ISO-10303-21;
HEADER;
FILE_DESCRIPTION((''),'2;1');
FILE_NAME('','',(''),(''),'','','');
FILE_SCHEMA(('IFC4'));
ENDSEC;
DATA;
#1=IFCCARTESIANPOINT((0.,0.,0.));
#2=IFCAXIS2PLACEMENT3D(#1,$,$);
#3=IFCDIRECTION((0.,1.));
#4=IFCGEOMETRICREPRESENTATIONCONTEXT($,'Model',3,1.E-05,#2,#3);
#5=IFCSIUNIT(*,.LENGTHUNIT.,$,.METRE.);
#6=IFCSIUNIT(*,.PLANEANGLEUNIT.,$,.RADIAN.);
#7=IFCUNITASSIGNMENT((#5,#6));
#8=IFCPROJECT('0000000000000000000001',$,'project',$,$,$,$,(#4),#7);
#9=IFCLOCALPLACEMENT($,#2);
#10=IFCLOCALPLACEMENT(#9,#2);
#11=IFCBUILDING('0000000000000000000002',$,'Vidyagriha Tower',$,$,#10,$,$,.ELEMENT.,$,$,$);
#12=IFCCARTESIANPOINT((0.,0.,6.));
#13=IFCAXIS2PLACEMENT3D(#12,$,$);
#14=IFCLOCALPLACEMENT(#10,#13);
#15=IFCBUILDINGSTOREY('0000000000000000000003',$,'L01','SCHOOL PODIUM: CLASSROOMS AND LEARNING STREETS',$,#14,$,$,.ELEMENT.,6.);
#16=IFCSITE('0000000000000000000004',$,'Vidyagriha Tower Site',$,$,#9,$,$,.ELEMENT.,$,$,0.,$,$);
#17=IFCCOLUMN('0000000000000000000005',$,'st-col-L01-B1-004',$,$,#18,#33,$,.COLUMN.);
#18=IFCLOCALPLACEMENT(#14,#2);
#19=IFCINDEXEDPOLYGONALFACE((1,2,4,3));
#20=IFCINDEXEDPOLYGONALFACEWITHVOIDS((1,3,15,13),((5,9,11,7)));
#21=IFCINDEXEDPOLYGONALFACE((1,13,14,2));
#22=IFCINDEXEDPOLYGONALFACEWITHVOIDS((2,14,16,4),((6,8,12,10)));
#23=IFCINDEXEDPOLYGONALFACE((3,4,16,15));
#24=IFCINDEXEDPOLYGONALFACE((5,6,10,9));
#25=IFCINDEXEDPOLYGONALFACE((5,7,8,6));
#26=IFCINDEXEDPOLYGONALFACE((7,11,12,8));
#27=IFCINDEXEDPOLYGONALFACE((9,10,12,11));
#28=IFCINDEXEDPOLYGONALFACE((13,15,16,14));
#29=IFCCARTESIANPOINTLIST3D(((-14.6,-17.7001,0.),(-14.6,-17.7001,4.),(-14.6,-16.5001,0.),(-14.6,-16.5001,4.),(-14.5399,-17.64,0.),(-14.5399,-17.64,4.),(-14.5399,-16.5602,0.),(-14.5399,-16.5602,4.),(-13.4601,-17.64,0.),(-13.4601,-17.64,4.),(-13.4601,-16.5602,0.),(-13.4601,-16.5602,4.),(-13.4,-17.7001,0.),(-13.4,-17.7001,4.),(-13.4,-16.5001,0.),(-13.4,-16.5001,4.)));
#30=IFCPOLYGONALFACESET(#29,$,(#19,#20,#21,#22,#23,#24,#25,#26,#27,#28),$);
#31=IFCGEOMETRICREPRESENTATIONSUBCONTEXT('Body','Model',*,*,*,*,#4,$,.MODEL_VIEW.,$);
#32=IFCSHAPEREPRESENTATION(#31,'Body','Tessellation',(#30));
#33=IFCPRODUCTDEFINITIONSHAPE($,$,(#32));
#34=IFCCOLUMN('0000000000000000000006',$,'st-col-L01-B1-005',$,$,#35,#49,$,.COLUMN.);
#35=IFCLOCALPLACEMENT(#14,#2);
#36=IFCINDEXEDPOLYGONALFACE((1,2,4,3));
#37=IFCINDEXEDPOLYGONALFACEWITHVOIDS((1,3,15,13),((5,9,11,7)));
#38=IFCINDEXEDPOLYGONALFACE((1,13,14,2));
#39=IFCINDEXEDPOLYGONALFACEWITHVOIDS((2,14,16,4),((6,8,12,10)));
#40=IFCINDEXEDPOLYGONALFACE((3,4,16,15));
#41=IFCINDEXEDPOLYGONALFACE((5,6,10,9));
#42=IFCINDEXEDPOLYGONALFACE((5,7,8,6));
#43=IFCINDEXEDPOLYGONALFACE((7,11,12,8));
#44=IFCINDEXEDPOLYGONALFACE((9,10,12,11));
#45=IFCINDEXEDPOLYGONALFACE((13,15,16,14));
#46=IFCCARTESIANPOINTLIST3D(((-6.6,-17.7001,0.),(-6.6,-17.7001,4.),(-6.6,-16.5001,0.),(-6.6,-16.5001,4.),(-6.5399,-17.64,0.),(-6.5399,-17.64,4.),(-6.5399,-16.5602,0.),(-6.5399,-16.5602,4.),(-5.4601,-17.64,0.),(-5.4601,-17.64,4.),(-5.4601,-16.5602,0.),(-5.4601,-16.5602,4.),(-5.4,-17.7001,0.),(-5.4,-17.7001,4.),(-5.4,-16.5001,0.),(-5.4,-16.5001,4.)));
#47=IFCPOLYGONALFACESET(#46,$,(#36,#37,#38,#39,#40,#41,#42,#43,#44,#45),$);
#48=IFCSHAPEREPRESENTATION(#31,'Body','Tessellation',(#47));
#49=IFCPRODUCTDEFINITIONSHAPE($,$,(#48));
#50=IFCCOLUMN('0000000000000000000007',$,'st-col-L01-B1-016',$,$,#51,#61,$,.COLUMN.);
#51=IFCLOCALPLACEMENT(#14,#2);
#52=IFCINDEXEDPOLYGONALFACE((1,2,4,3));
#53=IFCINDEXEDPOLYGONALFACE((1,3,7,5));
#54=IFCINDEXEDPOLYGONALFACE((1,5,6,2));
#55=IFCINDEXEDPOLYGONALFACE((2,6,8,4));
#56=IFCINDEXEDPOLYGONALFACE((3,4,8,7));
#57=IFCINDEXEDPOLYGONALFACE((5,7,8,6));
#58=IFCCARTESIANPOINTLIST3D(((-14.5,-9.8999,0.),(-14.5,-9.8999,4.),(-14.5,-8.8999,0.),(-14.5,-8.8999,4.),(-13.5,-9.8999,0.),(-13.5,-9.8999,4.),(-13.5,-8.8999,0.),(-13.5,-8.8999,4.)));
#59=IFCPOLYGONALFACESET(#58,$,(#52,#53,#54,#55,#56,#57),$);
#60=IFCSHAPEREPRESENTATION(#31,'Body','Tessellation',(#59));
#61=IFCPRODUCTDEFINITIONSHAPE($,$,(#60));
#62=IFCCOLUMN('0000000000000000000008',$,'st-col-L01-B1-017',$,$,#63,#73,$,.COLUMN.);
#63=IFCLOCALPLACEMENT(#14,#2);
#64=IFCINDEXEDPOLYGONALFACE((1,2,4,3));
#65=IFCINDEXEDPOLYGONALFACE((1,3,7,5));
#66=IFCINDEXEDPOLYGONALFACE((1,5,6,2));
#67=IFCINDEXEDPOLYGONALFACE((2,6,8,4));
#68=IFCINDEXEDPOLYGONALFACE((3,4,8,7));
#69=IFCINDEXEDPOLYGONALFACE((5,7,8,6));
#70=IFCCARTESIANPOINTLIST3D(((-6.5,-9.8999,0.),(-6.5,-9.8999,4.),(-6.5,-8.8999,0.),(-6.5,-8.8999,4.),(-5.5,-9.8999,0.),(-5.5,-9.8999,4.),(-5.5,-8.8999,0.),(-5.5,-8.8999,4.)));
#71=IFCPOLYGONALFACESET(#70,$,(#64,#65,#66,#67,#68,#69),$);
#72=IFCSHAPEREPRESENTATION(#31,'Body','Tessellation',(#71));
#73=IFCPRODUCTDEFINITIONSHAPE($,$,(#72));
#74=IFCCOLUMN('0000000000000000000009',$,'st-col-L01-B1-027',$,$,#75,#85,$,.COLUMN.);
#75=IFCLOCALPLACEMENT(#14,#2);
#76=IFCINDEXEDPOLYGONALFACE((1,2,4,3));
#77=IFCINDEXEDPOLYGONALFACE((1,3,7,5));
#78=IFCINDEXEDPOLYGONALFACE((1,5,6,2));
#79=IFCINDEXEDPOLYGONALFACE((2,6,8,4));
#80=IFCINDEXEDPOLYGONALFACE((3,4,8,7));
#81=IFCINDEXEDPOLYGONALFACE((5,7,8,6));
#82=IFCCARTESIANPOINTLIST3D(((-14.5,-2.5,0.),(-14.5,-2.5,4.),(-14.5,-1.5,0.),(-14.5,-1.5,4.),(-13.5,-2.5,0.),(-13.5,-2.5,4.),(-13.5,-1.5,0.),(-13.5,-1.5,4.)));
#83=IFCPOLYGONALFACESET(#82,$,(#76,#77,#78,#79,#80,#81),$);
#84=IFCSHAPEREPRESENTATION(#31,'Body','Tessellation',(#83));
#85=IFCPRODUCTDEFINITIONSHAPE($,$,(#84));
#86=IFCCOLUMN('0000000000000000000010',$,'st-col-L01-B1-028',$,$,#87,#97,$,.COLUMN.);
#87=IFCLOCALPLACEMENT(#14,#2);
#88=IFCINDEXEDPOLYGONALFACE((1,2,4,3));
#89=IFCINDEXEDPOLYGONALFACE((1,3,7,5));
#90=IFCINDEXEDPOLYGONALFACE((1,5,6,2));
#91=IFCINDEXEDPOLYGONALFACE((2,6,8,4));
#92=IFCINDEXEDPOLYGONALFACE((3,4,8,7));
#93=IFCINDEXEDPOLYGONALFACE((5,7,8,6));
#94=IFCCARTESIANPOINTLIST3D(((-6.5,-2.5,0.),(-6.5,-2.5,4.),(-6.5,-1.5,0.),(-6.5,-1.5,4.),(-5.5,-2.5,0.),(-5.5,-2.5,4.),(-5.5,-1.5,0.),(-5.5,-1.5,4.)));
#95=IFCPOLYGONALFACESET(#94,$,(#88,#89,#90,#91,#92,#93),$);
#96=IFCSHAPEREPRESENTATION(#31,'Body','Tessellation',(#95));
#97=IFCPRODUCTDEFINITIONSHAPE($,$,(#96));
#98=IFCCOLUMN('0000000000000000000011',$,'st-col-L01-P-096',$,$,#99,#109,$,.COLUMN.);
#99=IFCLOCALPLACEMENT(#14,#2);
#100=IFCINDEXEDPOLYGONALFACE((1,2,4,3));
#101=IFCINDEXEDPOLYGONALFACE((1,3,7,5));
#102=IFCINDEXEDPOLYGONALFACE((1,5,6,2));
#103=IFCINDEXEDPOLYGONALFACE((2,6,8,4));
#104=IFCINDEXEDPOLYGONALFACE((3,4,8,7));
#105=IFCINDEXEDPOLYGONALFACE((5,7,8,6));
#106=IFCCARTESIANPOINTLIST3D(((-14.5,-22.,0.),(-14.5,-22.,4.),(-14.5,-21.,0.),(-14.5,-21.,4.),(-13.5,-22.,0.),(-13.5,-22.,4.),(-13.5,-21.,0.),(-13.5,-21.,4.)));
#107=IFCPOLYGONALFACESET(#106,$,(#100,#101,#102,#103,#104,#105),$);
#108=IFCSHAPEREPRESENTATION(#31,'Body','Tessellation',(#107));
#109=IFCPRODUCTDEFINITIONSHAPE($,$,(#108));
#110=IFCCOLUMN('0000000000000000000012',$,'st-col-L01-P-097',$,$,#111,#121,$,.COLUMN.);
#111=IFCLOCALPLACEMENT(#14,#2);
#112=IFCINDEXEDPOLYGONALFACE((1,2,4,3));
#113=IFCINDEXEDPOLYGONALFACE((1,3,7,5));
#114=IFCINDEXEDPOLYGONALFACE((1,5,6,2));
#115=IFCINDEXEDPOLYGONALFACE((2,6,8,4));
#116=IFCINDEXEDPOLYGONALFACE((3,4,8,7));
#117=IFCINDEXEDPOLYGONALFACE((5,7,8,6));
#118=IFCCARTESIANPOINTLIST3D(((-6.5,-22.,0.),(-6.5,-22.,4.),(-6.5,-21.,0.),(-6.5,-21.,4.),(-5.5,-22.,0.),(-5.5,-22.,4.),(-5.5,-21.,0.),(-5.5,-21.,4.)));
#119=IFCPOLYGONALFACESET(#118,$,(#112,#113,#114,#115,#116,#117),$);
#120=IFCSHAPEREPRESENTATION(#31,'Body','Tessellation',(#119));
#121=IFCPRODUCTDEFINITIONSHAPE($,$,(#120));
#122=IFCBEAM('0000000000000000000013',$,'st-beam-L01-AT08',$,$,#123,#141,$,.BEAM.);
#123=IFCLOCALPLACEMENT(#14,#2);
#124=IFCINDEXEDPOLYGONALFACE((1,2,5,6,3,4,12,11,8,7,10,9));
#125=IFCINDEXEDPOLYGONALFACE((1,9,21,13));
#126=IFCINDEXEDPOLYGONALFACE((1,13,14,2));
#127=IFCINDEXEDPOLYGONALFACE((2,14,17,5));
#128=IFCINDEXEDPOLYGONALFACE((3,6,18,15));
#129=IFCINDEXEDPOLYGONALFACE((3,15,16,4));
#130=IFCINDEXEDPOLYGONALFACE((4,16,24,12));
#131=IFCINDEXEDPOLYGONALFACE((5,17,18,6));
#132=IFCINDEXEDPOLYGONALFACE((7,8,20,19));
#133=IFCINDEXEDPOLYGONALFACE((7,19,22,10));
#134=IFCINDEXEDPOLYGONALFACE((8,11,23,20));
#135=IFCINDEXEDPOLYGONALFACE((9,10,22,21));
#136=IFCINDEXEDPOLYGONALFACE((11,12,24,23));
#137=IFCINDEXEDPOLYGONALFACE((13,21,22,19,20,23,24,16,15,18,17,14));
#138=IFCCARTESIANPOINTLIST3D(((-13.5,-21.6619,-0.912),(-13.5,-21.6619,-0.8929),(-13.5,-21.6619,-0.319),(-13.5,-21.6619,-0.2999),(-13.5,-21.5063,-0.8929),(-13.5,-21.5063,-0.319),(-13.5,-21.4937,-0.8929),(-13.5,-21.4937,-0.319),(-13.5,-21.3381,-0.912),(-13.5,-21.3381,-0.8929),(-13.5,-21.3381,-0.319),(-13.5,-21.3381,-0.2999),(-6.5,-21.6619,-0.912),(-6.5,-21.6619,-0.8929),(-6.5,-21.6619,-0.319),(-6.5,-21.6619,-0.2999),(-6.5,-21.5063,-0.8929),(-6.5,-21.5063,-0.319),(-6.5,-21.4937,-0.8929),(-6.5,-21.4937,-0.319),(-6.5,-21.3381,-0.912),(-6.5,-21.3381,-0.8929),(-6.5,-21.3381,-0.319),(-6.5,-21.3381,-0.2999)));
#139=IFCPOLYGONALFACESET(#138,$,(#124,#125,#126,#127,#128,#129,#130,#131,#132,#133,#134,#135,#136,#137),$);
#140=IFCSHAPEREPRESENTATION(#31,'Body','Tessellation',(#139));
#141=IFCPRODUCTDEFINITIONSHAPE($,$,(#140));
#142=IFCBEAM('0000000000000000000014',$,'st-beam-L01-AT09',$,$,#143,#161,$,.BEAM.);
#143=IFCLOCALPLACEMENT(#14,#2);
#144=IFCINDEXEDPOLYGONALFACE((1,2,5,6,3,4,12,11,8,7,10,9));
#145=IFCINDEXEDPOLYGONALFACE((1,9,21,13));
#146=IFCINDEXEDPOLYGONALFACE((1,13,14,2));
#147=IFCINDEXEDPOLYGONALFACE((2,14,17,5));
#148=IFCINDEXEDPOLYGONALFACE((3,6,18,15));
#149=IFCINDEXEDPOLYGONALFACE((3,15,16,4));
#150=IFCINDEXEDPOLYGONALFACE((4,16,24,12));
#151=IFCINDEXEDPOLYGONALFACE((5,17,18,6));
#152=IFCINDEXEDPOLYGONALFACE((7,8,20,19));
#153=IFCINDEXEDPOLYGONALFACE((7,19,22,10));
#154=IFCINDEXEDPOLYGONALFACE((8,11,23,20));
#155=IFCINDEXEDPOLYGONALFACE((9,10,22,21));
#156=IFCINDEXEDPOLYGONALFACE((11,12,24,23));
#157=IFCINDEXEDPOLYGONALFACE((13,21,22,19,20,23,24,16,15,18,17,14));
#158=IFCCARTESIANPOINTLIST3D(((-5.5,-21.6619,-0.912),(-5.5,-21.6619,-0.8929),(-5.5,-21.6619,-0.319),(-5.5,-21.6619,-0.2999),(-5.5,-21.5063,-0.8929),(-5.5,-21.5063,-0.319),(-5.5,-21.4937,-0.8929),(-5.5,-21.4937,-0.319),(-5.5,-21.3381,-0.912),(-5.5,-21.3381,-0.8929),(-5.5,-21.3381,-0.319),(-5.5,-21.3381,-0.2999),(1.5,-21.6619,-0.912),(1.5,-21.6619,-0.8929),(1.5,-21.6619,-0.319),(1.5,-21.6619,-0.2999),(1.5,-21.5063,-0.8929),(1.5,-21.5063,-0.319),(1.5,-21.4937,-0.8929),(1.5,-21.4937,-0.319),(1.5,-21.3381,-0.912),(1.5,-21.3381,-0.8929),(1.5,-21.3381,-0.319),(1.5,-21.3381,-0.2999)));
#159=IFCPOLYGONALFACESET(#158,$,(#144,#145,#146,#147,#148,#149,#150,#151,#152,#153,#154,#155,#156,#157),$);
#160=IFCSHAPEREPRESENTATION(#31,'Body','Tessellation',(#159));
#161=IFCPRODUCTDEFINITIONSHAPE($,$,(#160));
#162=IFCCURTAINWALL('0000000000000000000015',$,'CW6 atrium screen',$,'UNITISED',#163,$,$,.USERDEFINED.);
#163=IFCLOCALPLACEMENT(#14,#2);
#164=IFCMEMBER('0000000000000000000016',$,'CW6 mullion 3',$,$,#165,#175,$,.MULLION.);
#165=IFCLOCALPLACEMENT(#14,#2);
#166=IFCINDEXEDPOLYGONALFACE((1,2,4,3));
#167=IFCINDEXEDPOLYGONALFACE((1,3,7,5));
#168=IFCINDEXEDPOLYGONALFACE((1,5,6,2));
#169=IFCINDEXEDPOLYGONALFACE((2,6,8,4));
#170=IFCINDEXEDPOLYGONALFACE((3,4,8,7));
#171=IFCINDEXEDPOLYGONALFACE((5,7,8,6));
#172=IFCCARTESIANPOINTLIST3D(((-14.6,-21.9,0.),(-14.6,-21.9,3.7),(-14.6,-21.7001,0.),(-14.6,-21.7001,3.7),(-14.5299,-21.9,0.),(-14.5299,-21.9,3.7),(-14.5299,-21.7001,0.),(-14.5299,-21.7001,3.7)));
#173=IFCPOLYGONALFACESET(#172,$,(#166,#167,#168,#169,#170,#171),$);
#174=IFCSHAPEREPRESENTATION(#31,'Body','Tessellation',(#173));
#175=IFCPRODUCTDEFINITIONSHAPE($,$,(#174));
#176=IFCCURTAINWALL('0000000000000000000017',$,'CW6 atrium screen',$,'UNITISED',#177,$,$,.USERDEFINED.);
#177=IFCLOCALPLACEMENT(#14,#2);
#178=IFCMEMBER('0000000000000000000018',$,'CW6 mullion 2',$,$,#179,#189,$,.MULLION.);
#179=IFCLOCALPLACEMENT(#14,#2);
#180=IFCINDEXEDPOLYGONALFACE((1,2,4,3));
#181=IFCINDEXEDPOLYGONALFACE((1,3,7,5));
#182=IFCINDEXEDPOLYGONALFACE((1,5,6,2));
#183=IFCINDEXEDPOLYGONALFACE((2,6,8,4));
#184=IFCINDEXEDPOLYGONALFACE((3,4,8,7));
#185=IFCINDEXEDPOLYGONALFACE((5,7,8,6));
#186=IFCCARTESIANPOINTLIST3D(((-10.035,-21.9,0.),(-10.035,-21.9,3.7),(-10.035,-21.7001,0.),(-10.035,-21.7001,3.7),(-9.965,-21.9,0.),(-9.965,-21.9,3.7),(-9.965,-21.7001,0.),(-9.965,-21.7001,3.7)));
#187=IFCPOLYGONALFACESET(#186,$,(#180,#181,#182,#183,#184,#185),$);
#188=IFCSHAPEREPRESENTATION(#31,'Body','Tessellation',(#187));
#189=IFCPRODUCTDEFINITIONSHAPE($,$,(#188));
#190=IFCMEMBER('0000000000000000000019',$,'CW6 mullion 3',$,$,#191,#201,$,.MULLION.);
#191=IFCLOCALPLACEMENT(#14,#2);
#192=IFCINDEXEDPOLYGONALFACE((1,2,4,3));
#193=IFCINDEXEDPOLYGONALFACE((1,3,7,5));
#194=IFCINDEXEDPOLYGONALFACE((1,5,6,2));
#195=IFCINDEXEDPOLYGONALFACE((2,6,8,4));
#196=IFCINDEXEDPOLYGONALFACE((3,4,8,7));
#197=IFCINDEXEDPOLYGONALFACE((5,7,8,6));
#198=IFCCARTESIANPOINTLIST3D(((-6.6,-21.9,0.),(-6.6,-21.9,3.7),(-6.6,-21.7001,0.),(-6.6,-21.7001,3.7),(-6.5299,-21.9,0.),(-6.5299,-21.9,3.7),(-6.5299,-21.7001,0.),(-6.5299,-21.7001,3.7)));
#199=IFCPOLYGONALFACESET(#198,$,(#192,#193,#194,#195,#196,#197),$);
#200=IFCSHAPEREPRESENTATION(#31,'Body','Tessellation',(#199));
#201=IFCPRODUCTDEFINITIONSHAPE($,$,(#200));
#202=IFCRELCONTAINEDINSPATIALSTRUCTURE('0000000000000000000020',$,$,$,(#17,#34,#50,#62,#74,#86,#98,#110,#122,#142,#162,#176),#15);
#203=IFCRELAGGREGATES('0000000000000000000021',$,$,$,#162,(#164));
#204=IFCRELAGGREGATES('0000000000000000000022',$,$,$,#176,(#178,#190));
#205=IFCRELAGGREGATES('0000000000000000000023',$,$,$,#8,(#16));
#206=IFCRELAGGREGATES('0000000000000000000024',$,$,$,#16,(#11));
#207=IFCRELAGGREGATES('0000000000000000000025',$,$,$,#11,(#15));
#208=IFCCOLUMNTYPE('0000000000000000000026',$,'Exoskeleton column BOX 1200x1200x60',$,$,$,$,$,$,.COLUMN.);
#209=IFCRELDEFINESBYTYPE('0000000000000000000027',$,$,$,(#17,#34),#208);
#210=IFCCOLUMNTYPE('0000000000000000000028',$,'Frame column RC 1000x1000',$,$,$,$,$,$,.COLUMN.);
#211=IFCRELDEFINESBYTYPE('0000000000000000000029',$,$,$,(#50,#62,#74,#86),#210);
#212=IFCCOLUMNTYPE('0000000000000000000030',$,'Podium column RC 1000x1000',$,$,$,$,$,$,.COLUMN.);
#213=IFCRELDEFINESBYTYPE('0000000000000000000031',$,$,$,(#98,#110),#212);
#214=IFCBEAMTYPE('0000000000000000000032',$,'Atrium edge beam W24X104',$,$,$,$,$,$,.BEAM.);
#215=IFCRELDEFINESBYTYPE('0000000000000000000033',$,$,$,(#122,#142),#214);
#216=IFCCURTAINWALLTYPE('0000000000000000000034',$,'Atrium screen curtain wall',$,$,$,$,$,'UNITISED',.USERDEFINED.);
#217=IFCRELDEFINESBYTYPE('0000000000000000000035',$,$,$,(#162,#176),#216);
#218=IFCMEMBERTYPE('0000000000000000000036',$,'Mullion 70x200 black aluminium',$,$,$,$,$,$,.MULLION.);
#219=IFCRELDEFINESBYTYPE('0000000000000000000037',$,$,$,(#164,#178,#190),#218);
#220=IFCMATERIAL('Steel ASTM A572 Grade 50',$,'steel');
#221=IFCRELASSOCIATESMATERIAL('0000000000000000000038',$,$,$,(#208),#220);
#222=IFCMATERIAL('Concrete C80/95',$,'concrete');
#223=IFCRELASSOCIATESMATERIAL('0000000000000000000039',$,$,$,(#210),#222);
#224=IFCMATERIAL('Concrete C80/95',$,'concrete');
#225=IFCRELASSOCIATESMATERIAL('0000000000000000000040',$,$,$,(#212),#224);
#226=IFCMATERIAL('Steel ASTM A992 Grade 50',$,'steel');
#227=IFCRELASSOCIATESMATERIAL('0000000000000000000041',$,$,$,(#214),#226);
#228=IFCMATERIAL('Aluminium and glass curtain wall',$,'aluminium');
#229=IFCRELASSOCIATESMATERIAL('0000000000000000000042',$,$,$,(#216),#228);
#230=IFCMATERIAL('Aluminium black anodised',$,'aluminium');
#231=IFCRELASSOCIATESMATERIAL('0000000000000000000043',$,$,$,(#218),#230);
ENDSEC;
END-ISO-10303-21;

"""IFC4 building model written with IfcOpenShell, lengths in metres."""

from ifc_helpers import new_model, si_unit, direction, frame, origin, origin_2d, place, context, subcontext, project, spatial, rectangle, hollow_rectangle, i_section, extrude, material, material_profile, profile_set, type_object, element, aggregate, save


model = new_model("IFC4")

# Units and contexts
model_context = context("Model", 3, precision=1e-05, world=origin(), true_north=direction((0.0, 1.0)))
body_context = subcontext(model_context, "Body", "Model", "MODEL_VIEW")
ifc_project = project(units=[si_unit("LENGTHUNIT", "METRE"), si_unit("PLANEANGLEUNIT", "RADIAN")], contexts=[model_context])

# Site, building, storey
site_placement = place(None, origin())
site = spatial("IfcSite", under=ifc_project, at=site_placement, Name="Vidyagriha Tower Site", CompositionType="ELEMENT", RefElevation=0.0)
building_placement = place(site_placement, origin())
building = spatial("IfcBuilding", under=site, at=building_placement, Name="Vidyagriha Tower", CompositionType="ELEMENT")
storey_placement = place(building_placement, frame((0.0, 0.0, 6.0)))
storey = spatial("IfcBuildingStorey", under=building, at=storey_placement, Name="L01", Description="SCHOOL PODIUM: CLASSROOMS AND LEARNING STREETS", CompositionType="ELEMENT", Elevation=6.0)

# Columns
ifc_material_1 = material(Name="Steel ASTM A572 Grade 50", Category="steel")
ifc_material_profile_1 = material_profile(ifc_material_1, hollow_rectangle(XDim=1.2, YDim=1.2, WallThickness=0.0601, at=origin_2d()), Name="BOX 1200x1200x60")
ifc_profile_set_1 = profile_set([ifc_material_profile_1], Name="Steel ASTM A572 Grade 50")
column_type_1 = type_object("IfcColumnType", Name="Exoskeleton column BOX 1200x1200x60", PredefinedType="COLUMN", material=ifc_profile_set_1)
for number, where, name in (
    (1, (-14.0, -17.1001, 0.0), "st-col-L01-B1-004"),
    (2, (-6.0, -17.1001, 0.0), "st-col-L01-B1-005"),
):
    element("IfcColumn", number, at=place(storey_placement, frame(where)), inside=storey, type_object=column_type_1, Name=name, PredefinedType="COLUMN", context=body_context, shape_type="SweptSolid", body=[
        extrude(hollow_rectangle(XDim=1.2, YDim=1.2, WallThickness=0.0601, at=origin_2d()), origin(), (0.0, 0.0, 1.0), 4.0),
    ])
ifc_material_2 = material(Name="Concrete C80/95", Category="concrete")
ifc_material_profile_2 = material_profile(ifc_material_2, rectangle(XDim=1.0, YDim=1.0, at=origin_2d()), Name="RC 1000x1000")
ifc_profile_set_2 = profile_set([ifc_material_profile_2], Name="Concrete C80/95")
column_type_2 = type_object("IfcColumnType", Name="Frame column RC 1000x1000", PredefinedType="COLUMN", material=ifc_profile_set_2)
for number, where, name in (
    (3, (-14.0, -9.3999, 0.0), "st-col-L01-B1-016"),
    (4, (-6.0, -9.3999, 0.0), "st-col-L01-B1-017"),
    (5, (-14.0, -2.0, 0.0), "st-col-L01-B1-027"),
    (6, (-6.0, -2.0, 0.0), "st-col-L01-B1-028"),
):
    element("IfcColumn", number, at=place(storey_placement, frame(where)), inside=storey, type_object=column_type_2, Name=name, PredefinedType="COLUMN", context=body_context, shape_type="SweptSolid", body=[
        extrude(rectangle(XDim=1.0, YDim=1.0, at=origin_2d()), origin(), (0.0, 0.0, 1.0), 4.0),
    ])
ifc_material_3 = material(Name="Concrete C80/95", Category="concrete")
ifc_material_profile_3 = material_profile(ifc_material_3, rectangle(XDim=1.0, YDim=1.0, at=origin_2d()), Name="RC 1000x1000")
ifc_profile_set_3 = profile_set([ifc_material_profile_3], Name="Concrete C80/95")
column_type_3 = type_object("IfcColumnType", Name="Podium column RC 1000x1000", PredefinedType="COLUMN", material=ifc_profile_set_3)
for number, where, name in (
    (7, (-14.0, -21.5, 0.0), "st-col-L01-P-096"),
    (8, (-6.0, -21.5, 0.0), "st-col-L01-P-097"),
):
    element("IfcColumn", number, at=place(storey_placement, frame(where)), inside=storey, type_object=column_type_3, Name=name, PredefinedType="COLUMN", context=body_context, shape_type="SweptSolid", body=[
        extrude(rectangle(XDim=1.0, YDim=1.0, at=origin_2d()), origin(), (0.0, 0.0, 1.0), 4.0),
    ])

# Beams
ifc_material_4 = material(Name="Steel ASTM A992 Grade 50", Category="steel")
ifc_material_profile_4 = material_profile(ifc_material_4, i_section(OverallWidth=0.3237, OverallDepth=0.6121, WebThickness=0.0127, FlangeThickness=0.019, at=origin_2d()), Name="W24X104")
ifc_profile_set_4 = profile_set([ifc_material_profile_4], Name="Steel ASTM A992 Grade 50")
beam_type = type_object("IfcBeamType", Name="Atrium edge beam W24X104", PredefinedType="BEAM", material=ifc_profile_set_4)
for number, where, z_axis, x_axis, name in (
    (9, (-13.5, -21.5, -0.606), (1.0, 0.0, 0.0), (0.0, 1.0, 0.0), "st-beam-L01-AT08"),
    (10, (-5.5, -21.5, -0.606), (1.0, 0.0, 0.0), (0.0, 1.0, 0.0), "st-beam-L01-AT09"),
):
    element("IfcBeam", number, at=place(storey_placement, frame(where, z_axis=z_axis, x_axis=x_axis)), inside=storey, type_object=beam_type, Name=name, PredefinedType="BEAM", context=body_context, shape_type="SweptSolid", body=[
        extrude(i_section(OverallWidth=0.3237, OverallDepth=0.6121, WebThickness=0.0127, FlangeThickness=0.019, at=origin_2d()), origin(), (0.0, 0.0, 1.0), 7.0),
    ])

# Curtain wall, member
ifc_material_5 = material(Name="Aluminium and glass curtain wall", Category="aluminium")
curtain_wall_type = type_object("IfcCurtainWallType", Name="Atrium screen curtain wall", ElementType="UNITISED", PredefinedType="USERDEFINED", material=ifc_material_5)
curtain_wall_1_placement = place(storey_placement, origin())
curtain_wall_1 = element("IfcCurtainWall", 11, at=curtain_wall_1_placement, inside=storey, type_object=curtain_wall_type, Name="CW6 atrium screen", ObjectType="UNITISED", PredefinedType="USERDEFINED")
ifc_material_6 = material(Name="Aluminium black anodised", Category="aluminium")
ifc_material_profile_5 = material_profile(ifc_material_6, rectangle(XDim=0.2, YDim=0.0701, at=origin_2d()), Name="Mullion 70x200 black aluminium")
ifc_profile_set_5 = profile_set([ifc_material_profile_5], Name="Aluminium black anodised")
member_type_1 = type_object("IfcMemberType", Name="Mullion 70x200 black aluminium", PredefinedType="MULLION", material=ifc_profile_set_5)
member_1_placement = place(storey_placement, frame((-14.5649, -21.8, 0.0), z_axis=(0.0, 0.0, 1.0), x_axis=(0.0, 1.0, 0.0)))
member_1 = element("IfcMember", 12, at=member_1_placement, type_object=member_type_1, Name="CW6 mullion 3", PredefinedType="MULLION", context=body_context, shape_type="SweptSolid", body=[
    extrude(rectangle(XDim=0.2, YDim=0.0701, at=origin_2d()), origin(), (0.0, 0.0, 1.0), 3.7),
])
aggregate(curtain_wall_1, [member_1])

# Curtain wall, members
curtain_wall_2_placement = place(storey_placement, origin())
curtain_wall_2 = element("IfcCurtainWall", 13, at=curtain_wall_2_placement, inside=storey, type_object=curtain_wall_type, Name="CW6 atrium screen", ObjectType="UNITISED", PredefinedType="USERDEFINED")
member_2_placement = place(storey_placement, frame((-10.0, -21.8, 0.0), z_axis=(0.0, 0.0, 1.0), x_axis=(0.0, 1.0, 0.0)))
member_2 = element("IfcMember", 14, at=member_2_placement, type_object=member_type_1, Name="CW6 mullion 2", PredefinedType="MULLION", context=body_context, shape_type="SweptSolid", body=[
    extrude(rectangle(XDim=0.2, YDim=0.0701, at=origin_2d()), origin(), (0.0, 0.0, 1.0), 3.7),
])
member_3_placement = place(storey_placement, frame((-6.5649, -21.8, 0.0), z_axis=(0.0, 0.0, 1.0), x_axis=(0.0, 1.0, 0.0)))
member_3 = element("IfcMember", 15, at=member_3_placement, type_object=member_type_1, Name="CW6 mullion 3", PredefinedType="MULLION", context=body_context, shape_type="SweptSolid", body=[
    extrude(rectangle(XDim=0.2, YDim=0.0701, at=origin_2d()), origin(), (0.0, 0.0, 1.0), 3.7),
])

aggregate(curtain_wall_2, [member_2, member_3])

save(model, "model.ifc")
